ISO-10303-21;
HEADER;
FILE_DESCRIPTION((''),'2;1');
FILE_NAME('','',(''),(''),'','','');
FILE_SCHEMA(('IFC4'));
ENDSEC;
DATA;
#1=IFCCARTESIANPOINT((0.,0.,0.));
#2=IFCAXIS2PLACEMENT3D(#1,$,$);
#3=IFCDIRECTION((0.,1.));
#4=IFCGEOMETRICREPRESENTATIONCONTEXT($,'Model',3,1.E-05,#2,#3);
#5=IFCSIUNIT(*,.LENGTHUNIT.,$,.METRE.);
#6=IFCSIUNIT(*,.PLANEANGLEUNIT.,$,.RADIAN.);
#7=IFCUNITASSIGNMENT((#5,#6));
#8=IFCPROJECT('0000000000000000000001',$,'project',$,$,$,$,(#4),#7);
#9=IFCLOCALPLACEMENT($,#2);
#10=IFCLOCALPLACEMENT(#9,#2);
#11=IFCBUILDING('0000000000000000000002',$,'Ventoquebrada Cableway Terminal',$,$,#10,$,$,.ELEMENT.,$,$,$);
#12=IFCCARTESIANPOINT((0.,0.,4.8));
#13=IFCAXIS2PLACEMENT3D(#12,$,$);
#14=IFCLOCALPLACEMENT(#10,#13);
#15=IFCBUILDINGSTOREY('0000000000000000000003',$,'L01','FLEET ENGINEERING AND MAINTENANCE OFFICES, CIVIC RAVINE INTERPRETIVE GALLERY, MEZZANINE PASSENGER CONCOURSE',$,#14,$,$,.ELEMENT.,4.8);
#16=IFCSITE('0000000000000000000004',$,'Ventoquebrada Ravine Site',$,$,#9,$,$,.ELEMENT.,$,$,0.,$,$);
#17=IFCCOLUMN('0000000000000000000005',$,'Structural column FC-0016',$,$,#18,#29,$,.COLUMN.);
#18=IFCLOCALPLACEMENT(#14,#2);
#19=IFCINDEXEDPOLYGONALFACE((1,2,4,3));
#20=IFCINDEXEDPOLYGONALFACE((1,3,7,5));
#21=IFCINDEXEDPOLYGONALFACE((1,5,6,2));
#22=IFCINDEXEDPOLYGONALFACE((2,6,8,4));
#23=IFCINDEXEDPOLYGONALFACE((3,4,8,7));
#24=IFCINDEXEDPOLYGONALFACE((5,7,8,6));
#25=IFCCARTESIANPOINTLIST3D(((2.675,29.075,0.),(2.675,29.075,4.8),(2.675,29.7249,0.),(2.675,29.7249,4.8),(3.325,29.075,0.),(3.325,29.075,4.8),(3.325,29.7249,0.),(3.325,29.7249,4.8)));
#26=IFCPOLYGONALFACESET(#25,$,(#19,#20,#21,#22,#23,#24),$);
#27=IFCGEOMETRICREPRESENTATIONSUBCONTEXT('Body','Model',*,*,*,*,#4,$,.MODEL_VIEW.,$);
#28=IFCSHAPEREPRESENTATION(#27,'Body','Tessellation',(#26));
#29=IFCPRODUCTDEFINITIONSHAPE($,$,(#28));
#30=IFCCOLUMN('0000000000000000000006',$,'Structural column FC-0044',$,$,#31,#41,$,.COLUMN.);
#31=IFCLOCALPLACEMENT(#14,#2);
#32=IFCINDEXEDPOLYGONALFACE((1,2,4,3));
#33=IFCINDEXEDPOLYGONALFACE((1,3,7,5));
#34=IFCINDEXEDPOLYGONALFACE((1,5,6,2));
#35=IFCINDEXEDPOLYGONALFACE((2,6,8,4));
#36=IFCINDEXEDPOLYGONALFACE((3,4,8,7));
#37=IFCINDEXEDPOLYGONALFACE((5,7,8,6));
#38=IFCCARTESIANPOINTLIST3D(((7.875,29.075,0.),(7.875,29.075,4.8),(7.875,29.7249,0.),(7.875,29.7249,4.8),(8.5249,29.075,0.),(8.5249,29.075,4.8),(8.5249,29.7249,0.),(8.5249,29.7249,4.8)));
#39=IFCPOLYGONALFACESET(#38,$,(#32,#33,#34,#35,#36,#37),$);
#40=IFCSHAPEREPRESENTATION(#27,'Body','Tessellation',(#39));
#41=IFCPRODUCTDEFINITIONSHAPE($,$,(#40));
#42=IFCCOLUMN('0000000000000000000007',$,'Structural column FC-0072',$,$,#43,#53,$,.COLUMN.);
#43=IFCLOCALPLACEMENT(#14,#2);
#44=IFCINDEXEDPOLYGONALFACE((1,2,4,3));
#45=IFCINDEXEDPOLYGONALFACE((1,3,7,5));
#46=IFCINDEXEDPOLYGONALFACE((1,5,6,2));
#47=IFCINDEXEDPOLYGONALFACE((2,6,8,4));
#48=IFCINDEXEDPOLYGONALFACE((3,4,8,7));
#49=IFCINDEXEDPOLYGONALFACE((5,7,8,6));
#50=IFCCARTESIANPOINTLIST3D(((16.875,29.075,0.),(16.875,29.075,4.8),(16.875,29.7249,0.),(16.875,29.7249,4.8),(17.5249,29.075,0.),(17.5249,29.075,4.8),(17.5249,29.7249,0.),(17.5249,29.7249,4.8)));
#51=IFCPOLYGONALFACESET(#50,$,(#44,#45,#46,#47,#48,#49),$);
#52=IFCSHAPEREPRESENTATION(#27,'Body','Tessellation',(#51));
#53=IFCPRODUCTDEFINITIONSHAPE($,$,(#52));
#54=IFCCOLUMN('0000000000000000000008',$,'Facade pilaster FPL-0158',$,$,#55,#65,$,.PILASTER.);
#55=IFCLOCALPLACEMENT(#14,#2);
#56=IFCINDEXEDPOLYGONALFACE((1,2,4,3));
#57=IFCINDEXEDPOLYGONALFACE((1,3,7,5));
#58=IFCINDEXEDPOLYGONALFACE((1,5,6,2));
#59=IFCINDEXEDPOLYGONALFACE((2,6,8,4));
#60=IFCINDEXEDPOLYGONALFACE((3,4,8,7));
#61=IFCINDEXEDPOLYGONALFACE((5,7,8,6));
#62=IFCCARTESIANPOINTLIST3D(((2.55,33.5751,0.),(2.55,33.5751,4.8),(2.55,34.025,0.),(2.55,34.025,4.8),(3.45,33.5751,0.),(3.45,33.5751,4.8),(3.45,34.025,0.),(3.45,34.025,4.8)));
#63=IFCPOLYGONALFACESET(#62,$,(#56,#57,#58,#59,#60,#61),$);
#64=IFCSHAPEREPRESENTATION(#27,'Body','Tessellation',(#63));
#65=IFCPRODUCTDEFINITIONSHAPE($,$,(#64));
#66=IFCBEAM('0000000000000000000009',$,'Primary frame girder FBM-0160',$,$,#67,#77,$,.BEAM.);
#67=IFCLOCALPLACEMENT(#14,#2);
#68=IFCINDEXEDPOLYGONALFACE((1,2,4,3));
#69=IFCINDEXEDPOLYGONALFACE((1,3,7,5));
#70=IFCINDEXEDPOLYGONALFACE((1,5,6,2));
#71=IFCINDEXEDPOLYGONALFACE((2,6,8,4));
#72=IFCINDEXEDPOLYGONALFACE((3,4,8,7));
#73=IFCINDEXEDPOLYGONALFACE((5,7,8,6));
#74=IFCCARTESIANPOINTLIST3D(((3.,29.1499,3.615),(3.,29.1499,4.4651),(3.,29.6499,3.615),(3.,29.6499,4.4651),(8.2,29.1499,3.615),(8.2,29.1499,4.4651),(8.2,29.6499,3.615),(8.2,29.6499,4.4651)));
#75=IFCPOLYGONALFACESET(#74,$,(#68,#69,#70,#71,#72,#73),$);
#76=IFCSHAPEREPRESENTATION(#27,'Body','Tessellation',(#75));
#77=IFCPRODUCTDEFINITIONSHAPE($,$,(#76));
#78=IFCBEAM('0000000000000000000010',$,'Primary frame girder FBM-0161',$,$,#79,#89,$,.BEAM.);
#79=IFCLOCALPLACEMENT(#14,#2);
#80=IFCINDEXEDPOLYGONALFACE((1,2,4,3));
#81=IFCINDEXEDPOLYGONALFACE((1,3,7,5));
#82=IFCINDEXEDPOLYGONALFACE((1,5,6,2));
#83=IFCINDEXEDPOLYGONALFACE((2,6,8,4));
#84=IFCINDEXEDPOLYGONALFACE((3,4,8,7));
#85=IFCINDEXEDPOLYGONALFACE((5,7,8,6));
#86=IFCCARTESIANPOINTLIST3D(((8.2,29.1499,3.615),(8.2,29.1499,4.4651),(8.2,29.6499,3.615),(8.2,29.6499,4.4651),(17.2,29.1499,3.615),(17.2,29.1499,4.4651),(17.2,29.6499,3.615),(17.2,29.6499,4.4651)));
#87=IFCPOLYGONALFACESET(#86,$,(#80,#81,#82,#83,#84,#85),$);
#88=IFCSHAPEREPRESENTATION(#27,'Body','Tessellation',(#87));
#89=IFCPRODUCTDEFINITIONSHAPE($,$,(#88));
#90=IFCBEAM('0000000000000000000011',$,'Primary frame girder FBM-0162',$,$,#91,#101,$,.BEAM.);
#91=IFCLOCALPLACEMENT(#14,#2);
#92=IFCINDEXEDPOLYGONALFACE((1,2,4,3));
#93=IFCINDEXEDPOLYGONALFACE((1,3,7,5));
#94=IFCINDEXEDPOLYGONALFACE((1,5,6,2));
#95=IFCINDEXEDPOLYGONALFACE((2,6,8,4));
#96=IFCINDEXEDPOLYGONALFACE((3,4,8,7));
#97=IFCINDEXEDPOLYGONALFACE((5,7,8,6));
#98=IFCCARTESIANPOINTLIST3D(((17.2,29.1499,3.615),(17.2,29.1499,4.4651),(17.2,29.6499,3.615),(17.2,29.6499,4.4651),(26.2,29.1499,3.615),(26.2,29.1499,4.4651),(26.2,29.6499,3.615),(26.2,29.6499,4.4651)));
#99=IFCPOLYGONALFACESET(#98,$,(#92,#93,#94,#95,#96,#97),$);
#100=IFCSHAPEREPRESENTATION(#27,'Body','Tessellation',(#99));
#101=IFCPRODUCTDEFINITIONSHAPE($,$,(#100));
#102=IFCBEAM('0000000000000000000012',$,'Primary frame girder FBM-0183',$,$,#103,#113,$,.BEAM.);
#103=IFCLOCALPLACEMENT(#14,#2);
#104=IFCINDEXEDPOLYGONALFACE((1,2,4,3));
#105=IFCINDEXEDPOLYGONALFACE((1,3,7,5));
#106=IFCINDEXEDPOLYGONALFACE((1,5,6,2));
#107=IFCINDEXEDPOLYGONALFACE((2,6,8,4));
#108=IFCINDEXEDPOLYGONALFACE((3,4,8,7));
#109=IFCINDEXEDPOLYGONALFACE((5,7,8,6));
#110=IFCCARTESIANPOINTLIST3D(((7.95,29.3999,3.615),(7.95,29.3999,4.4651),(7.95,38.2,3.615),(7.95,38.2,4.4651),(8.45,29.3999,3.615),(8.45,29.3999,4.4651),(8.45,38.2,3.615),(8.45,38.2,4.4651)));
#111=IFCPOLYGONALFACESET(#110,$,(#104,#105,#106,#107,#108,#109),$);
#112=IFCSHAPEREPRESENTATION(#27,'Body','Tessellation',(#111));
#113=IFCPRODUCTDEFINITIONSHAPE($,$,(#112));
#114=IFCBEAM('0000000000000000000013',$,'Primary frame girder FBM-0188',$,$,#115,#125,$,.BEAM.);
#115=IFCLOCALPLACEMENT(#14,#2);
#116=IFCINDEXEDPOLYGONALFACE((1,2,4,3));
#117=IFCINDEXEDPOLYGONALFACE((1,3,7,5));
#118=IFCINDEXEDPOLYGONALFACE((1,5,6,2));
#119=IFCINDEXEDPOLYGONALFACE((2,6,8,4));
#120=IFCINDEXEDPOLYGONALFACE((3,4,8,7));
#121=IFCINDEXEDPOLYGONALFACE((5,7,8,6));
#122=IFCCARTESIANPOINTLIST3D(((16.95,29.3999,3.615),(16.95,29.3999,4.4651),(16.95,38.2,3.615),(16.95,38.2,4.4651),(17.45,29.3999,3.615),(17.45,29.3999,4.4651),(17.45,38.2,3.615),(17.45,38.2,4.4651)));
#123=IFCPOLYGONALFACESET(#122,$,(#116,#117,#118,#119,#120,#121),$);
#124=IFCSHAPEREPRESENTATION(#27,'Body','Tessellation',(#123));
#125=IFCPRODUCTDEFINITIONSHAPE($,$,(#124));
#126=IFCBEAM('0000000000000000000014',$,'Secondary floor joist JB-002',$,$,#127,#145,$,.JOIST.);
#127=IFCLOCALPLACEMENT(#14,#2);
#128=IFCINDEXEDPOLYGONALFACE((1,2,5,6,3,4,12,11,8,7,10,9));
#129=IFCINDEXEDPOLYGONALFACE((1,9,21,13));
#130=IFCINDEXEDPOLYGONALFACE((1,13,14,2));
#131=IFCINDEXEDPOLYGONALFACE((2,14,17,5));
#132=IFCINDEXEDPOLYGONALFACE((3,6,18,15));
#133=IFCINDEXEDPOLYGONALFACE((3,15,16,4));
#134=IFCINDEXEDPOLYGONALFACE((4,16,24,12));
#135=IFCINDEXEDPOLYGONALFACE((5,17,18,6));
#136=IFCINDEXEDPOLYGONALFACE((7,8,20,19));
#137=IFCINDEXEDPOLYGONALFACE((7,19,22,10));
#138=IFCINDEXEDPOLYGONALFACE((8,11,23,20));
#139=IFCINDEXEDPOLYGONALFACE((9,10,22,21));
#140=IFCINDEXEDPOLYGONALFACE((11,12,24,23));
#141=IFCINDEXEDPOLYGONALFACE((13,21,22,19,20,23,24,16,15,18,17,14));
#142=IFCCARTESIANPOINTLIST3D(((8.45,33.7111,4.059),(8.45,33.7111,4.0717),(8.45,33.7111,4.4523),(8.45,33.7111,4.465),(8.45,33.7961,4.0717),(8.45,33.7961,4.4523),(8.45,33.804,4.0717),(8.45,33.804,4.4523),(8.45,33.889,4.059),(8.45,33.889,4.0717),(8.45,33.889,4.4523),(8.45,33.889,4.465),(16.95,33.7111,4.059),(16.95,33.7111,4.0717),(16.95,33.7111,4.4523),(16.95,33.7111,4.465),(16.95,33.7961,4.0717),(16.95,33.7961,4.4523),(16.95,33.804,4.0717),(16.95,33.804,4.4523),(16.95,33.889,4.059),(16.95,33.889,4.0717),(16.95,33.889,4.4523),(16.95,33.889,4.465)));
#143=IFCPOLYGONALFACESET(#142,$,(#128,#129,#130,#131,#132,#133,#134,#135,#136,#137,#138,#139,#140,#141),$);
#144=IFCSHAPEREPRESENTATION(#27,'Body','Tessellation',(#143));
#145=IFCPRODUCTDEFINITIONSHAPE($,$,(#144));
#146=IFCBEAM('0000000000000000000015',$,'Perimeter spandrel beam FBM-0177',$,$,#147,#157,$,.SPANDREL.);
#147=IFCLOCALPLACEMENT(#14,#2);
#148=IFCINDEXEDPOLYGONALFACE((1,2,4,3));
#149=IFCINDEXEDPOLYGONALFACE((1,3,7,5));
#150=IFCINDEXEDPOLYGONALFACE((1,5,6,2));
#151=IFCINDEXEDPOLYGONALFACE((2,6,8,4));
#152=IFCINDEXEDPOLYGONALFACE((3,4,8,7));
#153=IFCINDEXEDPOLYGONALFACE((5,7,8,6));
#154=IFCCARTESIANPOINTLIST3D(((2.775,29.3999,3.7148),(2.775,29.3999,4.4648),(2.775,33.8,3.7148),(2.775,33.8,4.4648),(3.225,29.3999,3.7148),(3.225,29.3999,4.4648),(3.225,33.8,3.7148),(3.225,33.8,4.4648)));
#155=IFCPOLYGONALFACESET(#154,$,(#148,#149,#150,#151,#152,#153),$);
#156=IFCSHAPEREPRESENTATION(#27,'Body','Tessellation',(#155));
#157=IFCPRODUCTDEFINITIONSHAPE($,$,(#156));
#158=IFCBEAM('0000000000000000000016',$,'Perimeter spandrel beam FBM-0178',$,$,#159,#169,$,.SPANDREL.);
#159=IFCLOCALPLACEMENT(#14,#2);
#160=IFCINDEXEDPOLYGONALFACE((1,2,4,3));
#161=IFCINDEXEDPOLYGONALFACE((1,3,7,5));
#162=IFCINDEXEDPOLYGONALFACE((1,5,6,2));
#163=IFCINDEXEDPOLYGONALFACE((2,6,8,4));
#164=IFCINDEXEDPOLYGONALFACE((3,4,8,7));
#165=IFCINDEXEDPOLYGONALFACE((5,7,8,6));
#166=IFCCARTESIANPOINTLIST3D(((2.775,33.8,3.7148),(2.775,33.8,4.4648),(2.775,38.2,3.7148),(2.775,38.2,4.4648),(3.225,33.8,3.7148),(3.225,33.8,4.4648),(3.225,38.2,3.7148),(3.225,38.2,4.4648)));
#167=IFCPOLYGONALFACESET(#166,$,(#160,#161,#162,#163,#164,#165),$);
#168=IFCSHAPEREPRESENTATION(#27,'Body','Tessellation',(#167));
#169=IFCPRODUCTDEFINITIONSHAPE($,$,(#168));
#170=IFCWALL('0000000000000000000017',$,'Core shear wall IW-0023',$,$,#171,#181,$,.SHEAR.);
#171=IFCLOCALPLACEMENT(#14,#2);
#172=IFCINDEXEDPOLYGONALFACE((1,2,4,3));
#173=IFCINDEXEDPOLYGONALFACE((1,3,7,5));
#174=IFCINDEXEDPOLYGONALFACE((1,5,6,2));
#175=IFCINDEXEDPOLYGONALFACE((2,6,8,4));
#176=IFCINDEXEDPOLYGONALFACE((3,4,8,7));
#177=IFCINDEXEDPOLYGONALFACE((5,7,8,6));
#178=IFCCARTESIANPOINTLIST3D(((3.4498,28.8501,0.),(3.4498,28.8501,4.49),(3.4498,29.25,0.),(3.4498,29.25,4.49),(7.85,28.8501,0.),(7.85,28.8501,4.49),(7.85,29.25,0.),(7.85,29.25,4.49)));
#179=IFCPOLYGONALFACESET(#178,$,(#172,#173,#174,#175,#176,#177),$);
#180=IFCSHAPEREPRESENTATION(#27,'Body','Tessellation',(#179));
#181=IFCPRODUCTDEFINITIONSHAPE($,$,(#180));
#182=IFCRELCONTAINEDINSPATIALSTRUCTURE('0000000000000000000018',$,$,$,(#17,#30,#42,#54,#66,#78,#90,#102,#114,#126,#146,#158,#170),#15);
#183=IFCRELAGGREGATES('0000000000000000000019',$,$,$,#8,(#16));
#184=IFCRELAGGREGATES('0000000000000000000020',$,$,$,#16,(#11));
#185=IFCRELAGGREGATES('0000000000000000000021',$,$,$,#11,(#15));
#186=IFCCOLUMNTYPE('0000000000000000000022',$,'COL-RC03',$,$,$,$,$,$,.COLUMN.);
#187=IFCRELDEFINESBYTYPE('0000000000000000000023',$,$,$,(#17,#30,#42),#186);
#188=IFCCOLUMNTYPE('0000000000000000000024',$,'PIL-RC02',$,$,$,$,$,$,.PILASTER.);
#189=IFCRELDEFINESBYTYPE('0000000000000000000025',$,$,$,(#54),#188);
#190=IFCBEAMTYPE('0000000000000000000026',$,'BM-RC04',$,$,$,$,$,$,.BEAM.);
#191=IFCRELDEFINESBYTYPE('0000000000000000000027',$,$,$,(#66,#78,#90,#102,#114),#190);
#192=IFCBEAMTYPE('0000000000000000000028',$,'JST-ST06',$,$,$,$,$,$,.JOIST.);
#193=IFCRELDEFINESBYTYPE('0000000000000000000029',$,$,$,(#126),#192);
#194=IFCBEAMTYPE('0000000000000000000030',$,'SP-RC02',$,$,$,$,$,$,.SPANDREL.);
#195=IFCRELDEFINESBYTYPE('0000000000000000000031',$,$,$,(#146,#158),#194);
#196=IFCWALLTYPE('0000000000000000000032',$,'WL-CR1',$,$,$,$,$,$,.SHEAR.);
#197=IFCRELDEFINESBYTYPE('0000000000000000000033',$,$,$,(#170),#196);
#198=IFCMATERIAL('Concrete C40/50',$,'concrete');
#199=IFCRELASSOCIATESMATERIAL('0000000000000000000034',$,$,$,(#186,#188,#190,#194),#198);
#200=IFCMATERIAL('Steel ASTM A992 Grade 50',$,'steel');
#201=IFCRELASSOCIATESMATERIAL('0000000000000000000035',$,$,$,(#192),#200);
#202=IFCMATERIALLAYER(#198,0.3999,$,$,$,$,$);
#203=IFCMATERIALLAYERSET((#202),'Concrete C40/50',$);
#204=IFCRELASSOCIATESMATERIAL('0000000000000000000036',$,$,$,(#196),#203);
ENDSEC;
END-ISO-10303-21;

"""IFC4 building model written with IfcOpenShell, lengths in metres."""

from ifc_helpers import new_model, si_unit, direction, frame, frame_2d, origin, origin_2d, place, context, subcontext, project, spatial, rectangle, i_section, extrude, material, layer, layer_set, material_profile, profile_set, type_object, element, save


model = new_model("IFC4")

# Units and contexts
model_context = context("Model", 3, precision=1e-05, world=origin(), true_north=direction((0.0, 1.0)))
body_context = subcontext(model_context, "Body", "Model", "MODEL_VIEW")
ifc_project = project(units=[si_unit("LENGTHUNIT", "METRE"), si_unit("PLANEANGLEUNIT", "RADIAN")], contexts=[model_context])

# Site, building, storey
site_placement = place(None, origin())
site = spatial("IfcSite", under=ifc_project, at=site_placement, Name="Ventoquebrada Ravine Site", CompositionType="ELEMENT", RefElevation=0.0)
building_placement = place(site_placement, origin())
building = spatial("IfcBuilding", under=site, at=building_placement, Name="Ventoquebrada Cableway Terminal", CompositionType="ELEMENT")
storey_placement = place(building_placement, frame((0.0, 0.0, 4.8)))
storey = spatial("IfcBuildingStorey", under=building, at=storey_placement, Name="L01", Description="FLEET ENGINEERING AND MAINTENANCE OFFICES, CIVIC RAVINE INTERPRETIVE GALLERY, MEZZANINE PASSENGER CONCOURSE", CompositionType="ELEMENT", Elevation=4.8)

# Columns
ifc_material_1 = material(Name="Concrete C40/50", Category="concrete")
ifc_material_profile_1 = material_profile(ifc_material_1, rectangle(XDim=0.6499, YDim=0.6499, at=origin_2d()), Name="RC-COL-650X650")
ifc_profile_set_1 = profile_set([ifc_material_profile_1], Name="Concrete C40/50")
column_type_1 = type_object("IfcColumnType", Name="COL-RC03", PredefinedType="COLUMN", material=ifc_profile_set_1)
for number, where, z_axis, x_axis, name in (
    (1, (3.0, 29.3999, 0.0), (0.0, 0.0, 1.0), (1.0, 0.0, 0.0), "Structural column FC-0016"),
    (2, (8.2, 29.3999, 0.0), (0.0, 0.0, 1.0), (1.0, 0.0, 0.0), "Structural column FC-0044"),
    (3, (17.2, 29.3999, 0.0), (0.0, 0.0, 1.0), (1.0, 0.0, 0.0), "Structural column FC-0072"),
):
    element("IfcColumn", number, at=place(storey_placement, frame(where, z_axis=z_axis, x_axis=x_axis)), inside=storey, type_object=column_type_1, Name=name, PredefinedType="COLUMN", context=body_context, shape_type="SweptSolid", body=[
        extrude(rectangle(XDim=0.6499, YDim=0.6499, at=origin_2d()), origin(), (0.0, 0.0, 1.0), 4.8),
    ])
ifc_material_profile_2 = material_profile(ifc_material_1, rectangle(XDim=0.45, YDim=0.8999, at=origin_2d()), Name="RC-PIL-450X900")
ifc_profile_set_2 = profile_set([ifc_material_profile_2], Name="Concrete C40/50")
column_type_2 = type_object("IfcColumnType", Name="PIL-RC02", PredefinedType="PILASTER", material=ifc_profile_set_2)
column_placement = place(storey_placement, frame((3.0, 33.8, 0.0), z_axis=(0.0, 0.0, 1.0), x_axis=(0.0, 1.0, 0.0)))
element("IfcColumn", 4, at=column_placement, inside=storey, type_object=column_type_2, Name="Facade pilaster FPL-0158", PredefinedType="PILASTER", context=body_context, shape_type="SweptSolid", body=[
    extrude(rectangle(XDim=0.45, YDim=0.8999, at=origin_2d()), origin(), (0.0, 0.0, 1.0), 4.8),
])

# Beams
ifc_material_profile_3 = material_profile(ifc_material_1, rectangle(XDim=0.5, YDim=0.8501, at=origin_2d()), Name="RC-BM-500X850")
ifc_profile_set_3 = profile_set([ifc_material_profile_3], Name="Concrete C40/50")
beam_type_1 = type_object("IfcBeamType", Name="BM-RC04", PredefinedType="BEAM", material=ifc_profile_set_3)
beam_1_placement = place(storey_placement, frame((3.0, 29.3999, 4.04), z_axis=(1.0, 0.0, 0.0), x_axis=(0.0, 1.0, 0.0)))
element("IfcBeam", 5, at=beam_1_placement, inside=storey, type_object=beam_type_1, Name="Primary frame girder FBM-0160", PredefinedType="BEAM", context=body_context, shape_type="SweptSolid", body=[
    extrude(rectangle(XDim=0.5, YDim=0.8501, at=origin_2d()), origin(), (0.0, 0.0, 1.0), 5.2),
])
for number, where, z_axis, x_axis, name in (
    (6, (8.2, 29.3999, 4.04), (1.0, 0.0, 0.0), (0.0, 1.0, 0.0), "Primary frame girder FBM-0161"),
    (7, (17.2, 29.3999, 4.04), (1.0, 0.0, 0.0), (0.0, 1.0, 0.0), "Primary frame girder FBM-0162"),
):
    element("IfcBeam", number, at=place(storey_placement, frame(where, z_axis=z_axis, x_axis=x_axis)), inside=storey, type_object=beam_type_1, Name=name, PredefinedType="BEAM", context=body_context, shape_type="SweptSolid", body=[
        extrude(rectangle(XDim=0.5, YDim=0.8501, at=origin_2d()), origin(), (0.0, 0.0, 1.0), 9.0),
    ])
for number, where, z_axis, x_axis, name in (
    (8, (8.2, 29.3999, 4.04), (0.0, 1.0, 0.0), (-1.0, 0.0, 0.0), "Primary frame girder FBM-0183"),
    (9, (17.2, 29.3999, 4.04), (0.0, 1.0, 0.0), (-1.0, 0.0, 0.0), "Primary frame girder FBM-0188"),
):
    element("IfcBeam", number, at=place(storey_placement, frame(where, z_axis=z_axis, x_axis=x_axis)), inside=storey, type_object=beam_type_1, Name=name, PredefinedType="BEAM", context=body_context, shape_type="SweptSolid", body=[
        extrude(rectangle(XDim=0.5, YDim=0.8501, at=origin_2d()), origin(), (0.0, 0.0, 1.0), 8.8),
    ])
ifc_material_2 = material(Name="Steel ASTM A992 Grade 50", Category="steel")
ifc_material_profile_4 = material_profile(ifc_material_2, i_section(OverallWidth=0.178, OverallDepth=0.406, WebThickness=0.0078, FlangeThickness=0.0127, at=origin_2d()), Name="W16X40")
ifc_profile_set_4 = profile_set([ifc_material_profile_4], Name="Steel ASTM A992 Grade 50")
beam_type_2 = type_object("IfcBeamType", Name="JST-ST06", PredefinedType="JOIST", material=ifc_profile_set_4)
beam_2_placement = place(storey_placement, frame((8.45, 33.8, 4.262), z_axis=(1.0, 0.0, 0.0), x_axis=(0.0, 1.0, 0.0)))
element("IfcBeam", 10, at=beam_2_placement, inside=storey, type_object=beam_type_2, Name="Secondary floor joist JB-002", PredefinedType="JOIST", context=body_context, shape_type="SweptSolid", body=[
    extrude(i_section(OverallWidth=0.178, OverallDepth=0.406, WebThickness=0.0078, FlangeThickness=0.0127, at=origin_2d()), origin(), (0.0, 0.0, 1.0), 8.5),
])
ifc_material_profile_5 = material_profile(ifc_material_1, rectangle(XDim=0.45, YDim=0.75, at=origin_2d()), Name="RC-BM-450X750")
ifc_profile_set_5 = profile_set([ifc_material_profile_5], Name="Concrete C40/50")
beam_type_3 = type_object("IfcBeamType", Name="SP-RC02", PredefinedType="SPANDREL", material=ifc_profile_set_5)
beam_3_placement = place(storey_placement, frame((3.0, 29.3999, 4.0898), z_axis=(0.0, 1.0, 0.0), x_axis=(-1.0, 0.0, 0.0)))
element("IfcBeam", 11, at=beam_3_placement, inside=storey, type_object=beam_type_3, Name="Perimeter spandrel beam FBM-0177", PredefinedType="SPANDREL", context=body_context, shape_type="SweptSolid", body=[
    extrude(rectangle(XDim=0.45, YDim=0.75, at=origin_2d()), origin(), (0.0, 0.0, 1.0), 4.4001),
])
beam_4_placement = place(storey_placement, frame((3.0, 33.8, 4.0898), z_axis=(0.0, 1.0, 0.0), x_axis=(-1.0, 0.0, 0.0)))
element("IfcBeam", 12, at=beam_4_placement, inside=storey, type_object=beam_type_3, Name="Perimeter spandrel beam FBM-0178", PredefinedType="SPANDREL", context=body_context, shape_type="SweptSolid", body=[
    extrude(rectangle(XDim=0.45, YDim=0.75, at=origin_2d()), origin(), (0.0, 0.0, 1.0), 4.3999),
])

# Wall
ifc_layer_1 = layer(ifc_material_1, 0.3999)
ifc_layer_set_1 = layer_set([ifc_layer_1], Name="Concrete C40/50")
wall_type_1 = type_object("IfcWallType", Name="WL-CR1", PredefinedType="SHEAR", material=ifc_layer_set_1)
wall_1_placement = place(storey_placement, frame((7.8501, 29.05, 0.0), z_axis=(0.0, 0.0, 1.0), x_axis=(-1.0, 0.0, 0.0)))
element("IfcWall", 13, at=wall_1_placement, inside=storey, type_object=wall_type_1, Name="Core shear wall IW-0023", PredefinedType="SHEAR", context=body_context, shape_type="SweptSolid", body=[
    extrude(rectangle(XDim=4.4001, YDim=0.3999, at=frame_2d((2.2002, 0.0))), origin(), (0.0, 0.0, 1.0), 4.49),
])

save(model, "model.ifc")
